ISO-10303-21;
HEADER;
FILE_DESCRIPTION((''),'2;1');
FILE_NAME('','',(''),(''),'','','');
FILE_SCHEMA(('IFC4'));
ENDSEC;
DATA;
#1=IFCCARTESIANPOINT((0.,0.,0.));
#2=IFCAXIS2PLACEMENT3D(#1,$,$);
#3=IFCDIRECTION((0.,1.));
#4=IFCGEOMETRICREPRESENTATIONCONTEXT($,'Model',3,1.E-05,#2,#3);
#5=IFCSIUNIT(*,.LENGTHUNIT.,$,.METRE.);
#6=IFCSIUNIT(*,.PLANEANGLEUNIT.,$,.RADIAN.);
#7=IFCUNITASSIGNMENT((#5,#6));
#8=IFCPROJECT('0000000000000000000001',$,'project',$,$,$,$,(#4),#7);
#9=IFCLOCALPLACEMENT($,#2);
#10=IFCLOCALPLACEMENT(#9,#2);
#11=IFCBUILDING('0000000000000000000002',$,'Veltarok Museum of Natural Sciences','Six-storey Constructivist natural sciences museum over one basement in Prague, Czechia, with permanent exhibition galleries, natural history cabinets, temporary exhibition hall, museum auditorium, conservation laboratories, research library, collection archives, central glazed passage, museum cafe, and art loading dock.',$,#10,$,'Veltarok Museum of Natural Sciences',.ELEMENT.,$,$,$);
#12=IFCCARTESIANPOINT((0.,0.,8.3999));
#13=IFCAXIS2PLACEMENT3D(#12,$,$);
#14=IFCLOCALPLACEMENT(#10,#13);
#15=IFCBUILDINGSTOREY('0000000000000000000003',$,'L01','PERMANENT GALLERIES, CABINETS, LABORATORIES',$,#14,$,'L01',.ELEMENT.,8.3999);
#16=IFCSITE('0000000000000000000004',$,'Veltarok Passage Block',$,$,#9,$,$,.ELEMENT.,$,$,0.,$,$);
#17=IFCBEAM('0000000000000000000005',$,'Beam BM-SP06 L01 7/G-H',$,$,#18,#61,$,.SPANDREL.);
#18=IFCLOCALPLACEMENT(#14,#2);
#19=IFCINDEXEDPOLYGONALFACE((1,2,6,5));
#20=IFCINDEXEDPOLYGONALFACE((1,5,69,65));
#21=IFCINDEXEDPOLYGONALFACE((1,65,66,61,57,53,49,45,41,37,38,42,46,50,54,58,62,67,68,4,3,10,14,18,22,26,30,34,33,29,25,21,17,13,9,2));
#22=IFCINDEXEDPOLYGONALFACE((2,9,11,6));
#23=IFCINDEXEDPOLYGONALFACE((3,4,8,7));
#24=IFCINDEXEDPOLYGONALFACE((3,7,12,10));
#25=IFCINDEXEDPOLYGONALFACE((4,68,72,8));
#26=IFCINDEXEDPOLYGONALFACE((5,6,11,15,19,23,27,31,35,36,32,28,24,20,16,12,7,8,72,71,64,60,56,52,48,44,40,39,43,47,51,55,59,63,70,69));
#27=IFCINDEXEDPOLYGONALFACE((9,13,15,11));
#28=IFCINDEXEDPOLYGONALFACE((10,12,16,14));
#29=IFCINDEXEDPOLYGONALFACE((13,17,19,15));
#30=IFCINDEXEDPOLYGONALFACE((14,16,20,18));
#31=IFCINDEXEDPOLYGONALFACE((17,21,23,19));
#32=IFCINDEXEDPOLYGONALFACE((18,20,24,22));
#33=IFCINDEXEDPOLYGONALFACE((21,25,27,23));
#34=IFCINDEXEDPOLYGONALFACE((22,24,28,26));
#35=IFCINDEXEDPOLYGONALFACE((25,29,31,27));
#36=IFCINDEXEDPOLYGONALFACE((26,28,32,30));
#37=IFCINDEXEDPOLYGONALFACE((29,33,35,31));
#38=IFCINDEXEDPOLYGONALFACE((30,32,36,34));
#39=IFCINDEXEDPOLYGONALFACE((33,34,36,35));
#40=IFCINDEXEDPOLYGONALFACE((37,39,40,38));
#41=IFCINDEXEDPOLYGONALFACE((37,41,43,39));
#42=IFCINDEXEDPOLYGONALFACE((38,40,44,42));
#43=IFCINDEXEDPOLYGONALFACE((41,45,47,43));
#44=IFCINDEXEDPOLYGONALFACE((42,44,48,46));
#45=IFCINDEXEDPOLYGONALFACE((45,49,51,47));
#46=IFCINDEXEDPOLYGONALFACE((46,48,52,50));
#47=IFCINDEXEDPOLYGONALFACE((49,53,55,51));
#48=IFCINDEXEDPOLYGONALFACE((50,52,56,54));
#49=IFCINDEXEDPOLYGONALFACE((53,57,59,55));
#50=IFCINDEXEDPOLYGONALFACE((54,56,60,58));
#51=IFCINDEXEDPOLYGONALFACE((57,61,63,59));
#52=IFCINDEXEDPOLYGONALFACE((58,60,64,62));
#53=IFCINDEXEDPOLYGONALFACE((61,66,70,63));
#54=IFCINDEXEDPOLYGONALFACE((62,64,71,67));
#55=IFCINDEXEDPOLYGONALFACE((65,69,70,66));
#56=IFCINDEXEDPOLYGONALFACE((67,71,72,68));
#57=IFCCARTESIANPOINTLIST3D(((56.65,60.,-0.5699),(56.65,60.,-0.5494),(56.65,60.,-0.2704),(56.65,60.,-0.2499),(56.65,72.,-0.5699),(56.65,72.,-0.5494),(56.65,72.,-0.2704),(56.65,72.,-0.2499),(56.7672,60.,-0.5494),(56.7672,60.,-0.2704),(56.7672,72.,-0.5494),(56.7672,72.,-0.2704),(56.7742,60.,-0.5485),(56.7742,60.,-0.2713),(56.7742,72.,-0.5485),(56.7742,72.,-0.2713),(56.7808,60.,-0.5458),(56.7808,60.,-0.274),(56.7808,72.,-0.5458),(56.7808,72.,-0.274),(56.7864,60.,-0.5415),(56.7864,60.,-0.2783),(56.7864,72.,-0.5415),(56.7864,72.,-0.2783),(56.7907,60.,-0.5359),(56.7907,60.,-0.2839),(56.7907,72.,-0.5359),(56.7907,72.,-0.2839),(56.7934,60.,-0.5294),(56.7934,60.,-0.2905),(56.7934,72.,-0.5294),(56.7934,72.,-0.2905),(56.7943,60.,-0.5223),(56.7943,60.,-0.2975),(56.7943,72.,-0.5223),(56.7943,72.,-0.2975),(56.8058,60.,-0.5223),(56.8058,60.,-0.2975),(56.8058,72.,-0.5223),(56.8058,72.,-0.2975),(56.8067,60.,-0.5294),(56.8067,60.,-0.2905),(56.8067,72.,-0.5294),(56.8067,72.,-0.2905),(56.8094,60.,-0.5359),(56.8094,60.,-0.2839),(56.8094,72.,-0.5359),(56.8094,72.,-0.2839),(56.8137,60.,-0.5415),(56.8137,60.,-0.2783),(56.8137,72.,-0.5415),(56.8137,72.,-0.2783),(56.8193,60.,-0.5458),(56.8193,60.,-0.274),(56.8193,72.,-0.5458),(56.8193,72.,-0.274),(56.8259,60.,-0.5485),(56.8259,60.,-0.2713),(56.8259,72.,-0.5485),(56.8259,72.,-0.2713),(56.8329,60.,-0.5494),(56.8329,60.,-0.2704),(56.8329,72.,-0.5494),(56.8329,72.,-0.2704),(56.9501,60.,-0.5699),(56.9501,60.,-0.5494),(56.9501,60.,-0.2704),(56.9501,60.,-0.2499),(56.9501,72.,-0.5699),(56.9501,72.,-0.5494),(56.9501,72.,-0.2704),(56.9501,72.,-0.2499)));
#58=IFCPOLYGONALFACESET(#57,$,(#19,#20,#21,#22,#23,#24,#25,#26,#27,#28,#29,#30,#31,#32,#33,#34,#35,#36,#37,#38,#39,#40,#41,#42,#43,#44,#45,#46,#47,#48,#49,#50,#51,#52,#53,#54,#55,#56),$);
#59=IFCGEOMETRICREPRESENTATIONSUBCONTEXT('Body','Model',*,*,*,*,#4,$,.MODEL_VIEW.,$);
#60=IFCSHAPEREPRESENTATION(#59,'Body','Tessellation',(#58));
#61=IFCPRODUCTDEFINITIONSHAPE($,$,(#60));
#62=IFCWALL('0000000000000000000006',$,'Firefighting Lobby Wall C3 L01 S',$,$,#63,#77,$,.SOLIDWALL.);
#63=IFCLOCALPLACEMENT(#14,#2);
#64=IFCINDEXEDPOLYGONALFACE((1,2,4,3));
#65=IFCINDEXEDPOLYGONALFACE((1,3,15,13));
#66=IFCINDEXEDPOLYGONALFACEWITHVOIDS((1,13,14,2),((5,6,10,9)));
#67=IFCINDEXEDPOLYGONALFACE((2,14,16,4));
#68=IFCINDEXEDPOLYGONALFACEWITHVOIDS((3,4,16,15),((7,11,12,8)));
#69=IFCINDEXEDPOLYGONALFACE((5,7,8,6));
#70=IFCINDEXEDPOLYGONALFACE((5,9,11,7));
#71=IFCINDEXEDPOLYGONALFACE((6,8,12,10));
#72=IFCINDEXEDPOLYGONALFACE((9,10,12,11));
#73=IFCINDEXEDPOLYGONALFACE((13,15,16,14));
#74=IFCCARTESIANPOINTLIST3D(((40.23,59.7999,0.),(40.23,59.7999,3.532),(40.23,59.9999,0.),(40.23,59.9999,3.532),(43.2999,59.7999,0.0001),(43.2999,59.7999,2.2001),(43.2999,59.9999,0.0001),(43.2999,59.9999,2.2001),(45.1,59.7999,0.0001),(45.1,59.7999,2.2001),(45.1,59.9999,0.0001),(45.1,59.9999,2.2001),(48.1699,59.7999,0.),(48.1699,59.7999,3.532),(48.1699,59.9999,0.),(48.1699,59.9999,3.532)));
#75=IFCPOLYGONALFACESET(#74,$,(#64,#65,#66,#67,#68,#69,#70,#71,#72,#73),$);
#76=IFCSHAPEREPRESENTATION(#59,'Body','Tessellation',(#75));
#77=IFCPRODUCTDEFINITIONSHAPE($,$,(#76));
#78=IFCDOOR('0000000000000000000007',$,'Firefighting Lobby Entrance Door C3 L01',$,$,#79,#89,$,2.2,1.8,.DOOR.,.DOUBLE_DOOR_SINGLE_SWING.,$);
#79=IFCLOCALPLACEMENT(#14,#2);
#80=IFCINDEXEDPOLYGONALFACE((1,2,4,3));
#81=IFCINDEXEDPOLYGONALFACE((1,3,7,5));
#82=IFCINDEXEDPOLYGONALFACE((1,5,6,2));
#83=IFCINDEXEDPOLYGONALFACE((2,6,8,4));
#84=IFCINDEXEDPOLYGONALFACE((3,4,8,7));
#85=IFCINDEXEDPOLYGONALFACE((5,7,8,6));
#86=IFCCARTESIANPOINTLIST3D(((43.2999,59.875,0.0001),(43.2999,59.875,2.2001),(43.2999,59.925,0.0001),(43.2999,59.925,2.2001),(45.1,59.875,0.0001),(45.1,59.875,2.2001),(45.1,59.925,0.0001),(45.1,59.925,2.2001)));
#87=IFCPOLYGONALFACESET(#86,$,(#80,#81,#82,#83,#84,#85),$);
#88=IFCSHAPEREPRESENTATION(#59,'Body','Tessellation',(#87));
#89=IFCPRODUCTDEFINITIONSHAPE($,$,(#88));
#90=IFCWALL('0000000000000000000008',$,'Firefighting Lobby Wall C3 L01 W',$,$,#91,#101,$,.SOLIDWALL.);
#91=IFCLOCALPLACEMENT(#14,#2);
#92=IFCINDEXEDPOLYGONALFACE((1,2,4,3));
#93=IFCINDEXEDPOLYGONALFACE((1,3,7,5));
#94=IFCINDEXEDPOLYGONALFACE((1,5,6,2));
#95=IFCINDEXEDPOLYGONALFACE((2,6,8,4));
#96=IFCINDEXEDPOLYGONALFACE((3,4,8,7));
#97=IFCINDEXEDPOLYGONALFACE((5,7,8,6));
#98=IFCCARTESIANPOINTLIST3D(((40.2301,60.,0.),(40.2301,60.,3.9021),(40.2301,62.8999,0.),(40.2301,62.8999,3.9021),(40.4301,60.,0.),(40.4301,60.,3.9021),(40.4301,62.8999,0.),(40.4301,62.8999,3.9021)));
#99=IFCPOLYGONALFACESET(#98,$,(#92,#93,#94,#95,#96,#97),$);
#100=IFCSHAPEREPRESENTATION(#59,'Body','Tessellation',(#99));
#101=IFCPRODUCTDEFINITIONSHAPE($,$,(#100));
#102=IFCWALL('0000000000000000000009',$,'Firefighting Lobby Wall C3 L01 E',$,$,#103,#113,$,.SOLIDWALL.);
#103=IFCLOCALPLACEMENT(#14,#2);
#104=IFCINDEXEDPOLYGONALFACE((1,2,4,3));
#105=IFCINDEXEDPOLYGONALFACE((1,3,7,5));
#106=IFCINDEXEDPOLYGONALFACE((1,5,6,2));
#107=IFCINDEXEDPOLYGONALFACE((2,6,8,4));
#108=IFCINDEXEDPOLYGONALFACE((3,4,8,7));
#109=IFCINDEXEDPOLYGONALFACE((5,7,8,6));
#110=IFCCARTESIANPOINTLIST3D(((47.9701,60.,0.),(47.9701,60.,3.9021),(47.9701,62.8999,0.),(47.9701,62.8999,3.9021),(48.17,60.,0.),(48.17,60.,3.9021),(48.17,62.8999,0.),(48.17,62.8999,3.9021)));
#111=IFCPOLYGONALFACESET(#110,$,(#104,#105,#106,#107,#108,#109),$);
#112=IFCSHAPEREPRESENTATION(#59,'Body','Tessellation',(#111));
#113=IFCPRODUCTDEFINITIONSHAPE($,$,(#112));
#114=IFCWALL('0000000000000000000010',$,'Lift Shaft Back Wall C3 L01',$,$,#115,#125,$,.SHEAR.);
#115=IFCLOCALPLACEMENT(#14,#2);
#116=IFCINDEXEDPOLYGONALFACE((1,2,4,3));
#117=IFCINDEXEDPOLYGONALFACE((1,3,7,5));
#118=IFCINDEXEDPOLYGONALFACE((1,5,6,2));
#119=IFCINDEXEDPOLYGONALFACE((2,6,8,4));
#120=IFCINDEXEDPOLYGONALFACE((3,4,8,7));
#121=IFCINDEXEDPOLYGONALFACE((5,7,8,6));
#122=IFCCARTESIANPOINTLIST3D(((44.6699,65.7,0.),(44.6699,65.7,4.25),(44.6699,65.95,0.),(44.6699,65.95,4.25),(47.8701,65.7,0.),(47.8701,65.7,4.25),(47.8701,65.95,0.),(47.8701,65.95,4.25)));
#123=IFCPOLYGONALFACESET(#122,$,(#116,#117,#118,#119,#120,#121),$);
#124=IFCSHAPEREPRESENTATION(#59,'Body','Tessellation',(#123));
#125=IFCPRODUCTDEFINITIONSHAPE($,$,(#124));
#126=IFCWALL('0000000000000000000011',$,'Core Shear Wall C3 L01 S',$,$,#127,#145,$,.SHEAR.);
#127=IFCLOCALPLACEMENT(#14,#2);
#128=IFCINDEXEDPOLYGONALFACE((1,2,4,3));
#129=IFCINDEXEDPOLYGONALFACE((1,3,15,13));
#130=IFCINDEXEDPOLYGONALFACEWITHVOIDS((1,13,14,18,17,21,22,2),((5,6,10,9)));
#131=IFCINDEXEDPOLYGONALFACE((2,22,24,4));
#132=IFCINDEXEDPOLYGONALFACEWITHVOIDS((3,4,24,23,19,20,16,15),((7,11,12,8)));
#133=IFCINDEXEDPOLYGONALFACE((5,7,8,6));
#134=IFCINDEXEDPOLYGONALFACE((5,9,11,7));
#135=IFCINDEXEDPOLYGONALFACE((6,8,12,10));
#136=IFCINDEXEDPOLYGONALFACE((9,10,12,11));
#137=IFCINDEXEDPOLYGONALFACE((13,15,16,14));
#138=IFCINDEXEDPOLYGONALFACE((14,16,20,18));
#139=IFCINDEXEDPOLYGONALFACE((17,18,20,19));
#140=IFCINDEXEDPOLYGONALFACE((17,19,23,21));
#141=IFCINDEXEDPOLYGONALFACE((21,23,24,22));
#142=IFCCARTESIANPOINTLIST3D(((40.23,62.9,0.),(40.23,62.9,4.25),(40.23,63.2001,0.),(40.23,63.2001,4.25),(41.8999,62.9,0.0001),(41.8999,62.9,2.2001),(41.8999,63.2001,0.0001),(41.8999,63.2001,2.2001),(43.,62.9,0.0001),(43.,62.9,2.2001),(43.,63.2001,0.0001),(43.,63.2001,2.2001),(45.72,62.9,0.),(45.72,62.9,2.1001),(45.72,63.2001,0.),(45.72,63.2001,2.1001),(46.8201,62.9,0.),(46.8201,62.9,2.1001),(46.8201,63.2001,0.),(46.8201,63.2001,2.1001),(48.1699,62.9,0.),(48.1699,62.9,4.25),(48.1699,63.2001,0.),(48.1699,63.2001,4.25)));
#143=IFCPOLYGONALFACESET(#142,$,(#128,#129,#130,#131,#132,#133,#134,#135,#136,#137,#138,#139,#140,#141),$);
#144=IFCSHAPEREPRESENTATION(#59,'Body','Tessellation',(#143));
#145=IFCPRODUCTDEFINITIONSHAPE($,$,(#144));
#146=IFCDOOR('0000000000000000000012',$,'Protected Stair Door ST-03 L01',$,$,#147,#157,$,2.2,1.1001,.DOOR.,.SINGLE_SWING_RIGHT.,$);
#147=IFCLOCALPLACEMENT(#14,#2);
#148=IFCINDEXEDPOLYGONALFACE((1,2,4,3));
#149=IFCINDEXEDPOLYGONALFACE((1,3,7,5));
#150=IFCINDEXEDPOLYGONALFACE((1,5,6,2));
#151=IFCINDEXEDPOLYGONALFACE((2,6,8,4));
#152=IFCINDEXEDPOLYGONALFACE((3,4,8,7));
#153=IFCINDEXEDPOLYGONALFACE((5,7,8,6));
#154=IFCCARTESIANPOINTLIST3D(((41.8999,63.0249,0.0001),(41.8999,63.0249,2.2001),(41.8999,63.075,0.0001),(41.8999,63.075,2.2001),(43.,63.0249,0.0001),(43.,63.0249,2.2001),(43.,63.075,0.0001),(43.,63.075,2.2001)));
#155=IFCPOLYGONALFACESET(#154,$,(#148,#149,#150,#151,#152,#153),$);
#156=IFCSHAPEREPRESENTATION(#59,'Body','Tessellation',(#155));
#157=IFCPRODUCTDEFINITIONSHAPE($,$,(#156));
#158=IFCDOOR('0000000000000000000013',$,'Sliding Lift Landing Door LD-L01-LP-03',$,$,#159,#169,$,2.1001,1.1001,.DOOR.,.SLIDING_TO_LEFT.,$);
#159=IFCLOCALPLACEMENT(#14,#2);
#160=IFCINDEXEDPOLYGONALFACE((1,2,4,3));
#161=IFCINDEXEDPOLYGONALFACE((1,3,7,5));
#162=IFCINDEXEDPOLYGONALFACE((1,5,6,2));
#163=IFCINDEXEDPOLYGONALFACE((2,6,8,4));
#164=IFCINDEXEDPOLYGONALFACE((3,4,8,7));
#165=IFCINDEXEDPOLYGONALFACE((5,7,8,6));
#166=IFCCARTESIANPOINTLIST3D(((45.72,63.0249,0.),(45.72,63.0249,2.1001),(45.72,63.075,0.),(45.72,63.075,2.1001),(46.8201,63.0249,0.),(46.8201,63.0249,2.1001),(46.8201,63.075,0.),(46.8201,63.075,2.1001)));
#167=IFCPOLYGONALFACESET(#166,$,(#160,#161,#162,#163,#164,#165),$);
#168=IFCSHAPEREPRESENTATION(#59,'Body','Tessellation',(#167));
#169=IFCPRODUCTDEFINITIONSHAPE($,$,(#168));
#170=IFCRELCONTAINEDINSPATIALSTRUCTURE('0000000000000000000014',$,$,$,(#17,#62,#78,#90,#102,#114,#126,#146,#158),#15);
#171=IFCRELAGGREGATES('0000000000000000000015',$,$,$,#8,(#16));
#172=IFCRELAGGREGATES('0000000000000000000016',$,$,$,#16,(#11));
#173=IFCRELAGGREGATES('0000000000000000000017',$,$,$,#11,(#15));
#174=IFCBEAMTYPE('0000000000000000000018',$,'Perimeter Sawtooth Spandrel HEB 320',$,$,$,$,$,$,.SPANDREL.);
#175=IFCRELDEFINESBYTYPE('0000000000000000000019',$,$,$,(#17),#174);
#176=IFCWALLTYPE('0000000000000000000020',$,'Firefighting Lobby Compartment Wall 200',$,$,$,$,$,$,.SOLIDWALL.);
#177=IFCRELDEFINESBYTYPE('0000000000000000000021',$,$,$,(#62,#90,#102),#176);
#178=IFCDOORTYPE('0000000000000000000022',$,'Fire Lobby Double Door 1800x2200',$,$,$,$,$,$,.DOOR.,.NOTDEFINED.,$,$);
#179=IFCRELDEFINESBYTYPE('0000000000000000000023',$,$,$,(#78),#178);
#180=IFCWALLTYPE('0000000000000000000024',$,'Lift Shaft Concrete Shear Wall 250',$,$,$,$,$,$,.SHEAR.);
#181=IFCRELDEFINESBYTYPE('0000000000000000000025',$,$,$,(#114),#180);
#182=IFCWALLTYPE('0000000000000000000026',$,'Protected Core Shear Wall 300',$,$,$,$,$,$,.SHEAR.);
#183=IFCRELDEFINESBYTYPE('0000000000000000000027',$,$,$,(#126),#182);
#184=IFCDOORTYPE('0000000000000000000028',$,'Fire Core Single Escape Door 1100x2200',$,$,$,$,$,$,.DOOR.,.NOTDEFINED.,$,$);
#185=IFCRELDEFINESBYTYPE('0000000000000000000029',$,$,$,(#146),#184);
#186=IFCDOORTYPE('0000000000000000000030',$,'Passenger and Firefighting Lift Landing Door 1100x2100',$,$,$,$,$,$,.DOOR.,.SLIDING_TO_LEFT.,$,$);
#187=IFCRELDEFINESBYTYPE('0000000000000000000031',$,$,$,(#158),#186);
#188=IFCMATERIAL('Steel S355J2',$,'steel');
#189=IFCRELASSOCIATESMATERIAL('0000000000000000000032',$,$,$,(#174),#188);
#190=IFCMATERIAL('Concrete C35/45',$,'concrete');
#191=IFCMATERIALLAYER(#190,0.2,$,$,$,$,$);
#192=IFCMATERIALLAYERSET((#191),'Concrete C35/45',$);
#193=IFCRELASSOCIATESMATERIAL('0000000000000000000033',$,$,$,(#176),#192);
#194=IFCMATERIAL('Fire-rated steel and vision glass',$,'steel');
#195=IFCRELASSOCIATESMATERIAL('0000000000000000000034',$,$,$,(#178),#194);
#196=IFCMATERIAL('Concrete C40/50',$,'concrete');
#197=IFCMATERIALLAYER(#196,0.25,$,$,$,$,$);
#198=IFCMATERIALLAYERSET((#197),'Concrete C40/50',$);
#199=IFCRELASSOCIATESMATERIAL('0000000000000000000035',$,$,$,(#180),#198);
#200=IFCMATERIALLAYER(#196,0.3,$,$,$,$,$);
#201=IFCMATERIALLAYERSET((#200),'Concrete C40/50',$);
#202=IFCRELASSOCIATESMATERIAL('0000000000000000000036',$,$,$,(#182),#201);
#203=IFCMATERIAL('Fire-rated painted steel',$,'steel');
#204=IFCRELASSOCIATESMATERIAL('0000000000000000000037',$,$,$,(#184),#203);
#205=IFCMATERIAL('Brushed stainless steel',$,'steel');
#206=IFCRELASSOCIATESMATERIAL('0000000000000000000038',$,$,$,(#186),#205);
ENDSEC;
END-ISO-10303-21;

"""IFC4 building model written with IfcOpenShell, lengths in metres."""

from ifc_helpers import new_model, si_unit, direction, frame, frame_2d, origin, origin_2d, place, context, subcontext, project, spatial, rectangle, i_section, extrude, material, layer, layer_set, material_profile, profile_set, type_object, element, fill, save


model = new_model("IFC4")

# Units and contexts
model_context = context("Model", 3, precision=1e-05, world=origin(), true_north=direction((0.0, 1.0)))
body_context = subcontext(model_context, "Body", "Model", "MODEL_VIEW")
ifc_project = project(units=[si_unit("LENGTHUNIT", "METRE"), si_unit("PLANEANGLEUNIT", "RADIAN")], contexts=[model_context])

# Site, building, storey
site_placement = place(None, origin())
site = spatial("IfcSite", under=ifc_project, at=site_placement, Name="Veltarok Passage Block", CompositionType="ELEMENT", RefElevation=0.0)
building_placement = place(site_placement, origin())
building = spatial("IfcBuilding", under=site, at=building_placement, Name="Veltarok Museum of Natural Sciences", Description="Six-storey Constructivist natural sciences museum over one basement in Prague, Czechia, with permanent exhibition galleries, natural history cabinets, temporary exhibition hall, museum auditorium, conservation laboratories, research library, collection archives, central glazed passage, museum cafe, and art loading dock.", LongName="Veltarok Museum of Natural Sciences", CompositionType="ELEMENT")
storey_placement = place(building_placement, frame((0.0, 0.0, 8.3999)))
storey = spatial("IfcBuildingStorey", under=building, at=storey_placement, Name="L01", Description="PERMANENT GALLERIES, CABINETS, LABORATORIES", LongName="L01", CompositionType="ELEMENT", Elevation=8.3999)

# Shared definitions
ifc_material_1 = material(Name="Steel S355J2", Category="steel")

# Beam
ifc_material_profile_1 = material_profile(ifc_material_1, i_section(OverallWidth=0.3, OverallDepth=0.3201, WebThickness=0.0115, FlangeThickness=0.0205, FilletRadius=0.0271, at=origin_2d()), Name="HEB 320")
ifc_profile_set_1 = profile_set([ifc_material_profile_1], Name="Steel S355J2")
beam_type_1 = type_object("IfcBeamType", Name="Perimeter Sawtooth Spandrel HEB 320", PredefinedType="SPANDREL", material=ifc_profile_set_1)
for number, where, z_axis, x_axis, name in (
    (1, (56.8, 60.0, -0.4099), (0.0, 1.0, 0.0), (-1.0, 0.0, 0.0), "Beam BM-SP06 L01 7/G-H"),
):
    element("IfcBeam", number, at=place(storey_placement, frame(where, z_axis=z_axis, x_axis=x_axis)), inside=storey, type_object=beam_type_1, Name=name, PredefinedType="SPANDREL", context=body_context, shape_type="SweptSolid", body=[
        extrude(i_section(OverallWidth=0.3, OverallDepth=0.3201, WebThickness=0.0115, FlangeThickness=0.0205, FilletRadius=0.0271, at=origin_2d()), origin(), (0.0, 0.0, 1.0), 12.0),
    ])

# Wall, opening, door
ifc_material_2 = material(Name="Concrete C35/45", Category="concrete")
ifc_layer_1 = layer(ifc_material_2, 0.2)
ifc_layer_set_1 = layer_set([ifc_layer_1], Name="Concrete C35/45")
wall_type_1 = type_object("IfcWallType", Name="Firefighting Lobby Compartment Wall 200", PredefinedType="SOLIDWALL", material=ifc_layer_set_1)
wall_1_placement = place(storey_placement, frame((48.1699, 59.8999, 0.0), z_axis=(0.0, 0.0, 1.0), x_axis=(-1.0, 0.0, 0.0)))
wall_1 = element("IfcWall", 2, at=wall_1_placement, inside=storey, type_object=wall_type_1, Name="Firefighting Lobby Wall C3 L01 S", PredefinedType="SOLIDWALL", context=body_context, shape_type="SweptSolid", body=[
    extrude(rectangle(XDim=7.9399, YDim=0.2, at=frame_2d((3.97, 0.0))), origin(), (0.0, 0.0, 1.0), 3.532),
])
opening_1_placement = place(wall_1_placement, frame((3.0701, 0.0, 0.0)))
opening_1 = element("IfcOpeningElement", 3, at=opening_1_placement, cuts=wall_1, PredefinedType="OPENING", context=body_context, shape_type="SweptSolid", body=[
    extrude(rectangle(XDim=1.8, YDim=2.2, at=frame_2d((0.8999, 1.1001))), frame((0.0, 0.1099, 0.0), z_axis=(0.0, -1.0, 0.0), x_axis=(1.0, 0.0, 0.0)), (0.0, 0.0, 1.0), 0.22),
])
ifc_material_3 = material(Name="Fire-rated steel and vision glass", Category="steel")
door_type_1 = type_object("IfcDoorType", Name="Fire Lobby Double Door 1800x2200", OperationType="NOTDEFINED", PredefinedType="DOOR", material=ifc_material_3)
door_1_placement = place(opening_1_placement, origin())
door_1 = element("IfcDoor", 4, at=door_1_placement, inside=storey, type_object=door_type_1, Name="Firefighting Lobby Entrance Door C3 L01", OperationType="DOUBLE_DOOR_SINGLE_SWING", OverallHeight=2.2, OverallWidth=1.8, PredefinedType="DOOR", context=body_context, shape_type="SweptSolid", body=[
    extrude(rectangle(XDim=1.8, YDim=2.2, at=frame_2d((0.8999, 1.1001))), frame((0.0, 0.0249, 0.0), z_axis=(0.0, -1.0, 0.0), x_axis=(1.0, 0.0, 0.0)), (0.0, 0.0, 1.0), 0.05),
])
fill(opening_1, door_1)

# Walls
for number, where, z_axis, x_axis, name in (
    (5, (40.3301, 60.0, 0.0), (0.0, 0.0, 1.0), (0.0, 1.0, 0.0), "Firefighting Lobby Wall C3 L01 W"),
    (6, (48.0701, 62.8999, 0.0), (0.0, 0.0, 1.0), (0.0, -1.0, 0.0), "Firefighting Lobby Wall C3 L01 E"),
):
    element("IfcWall", number, at=place(storey_placement, frame(where, z_axis=z_axis, x_axis=x_axis)), inside=storey, type_object=wall_type_1, Name=name, PredefinedType="SOLIDWALL", context=body_context, shape_type="SweptSolid", body=[
        extrude(rectangle(XDim=2.8999, YDim=0.2, at=frame_2d((1.45, 0.0))), origin(), (0.0, 0.0, 1.0), 3.9021),
    ])
ifc_material_4 = material(Name="Concrete C40/50", Category="concrete")
ifc_layer_2 = layer(ifc_material_4, 0.25)
ifc_layer_set_2 = layer_set([ifc_layer_2], Name="Concrete C40/50")
wall_type_2 = type_object("IfcWallType", Name="Lift Shaft Concrete Shear Wall 250", PredefinedType="SHEAR", material=ifc_layer_set_2)
wall_2_placement = place(storey_placement, frame((44.6699, 65.825, 0.0), z_axis=(0.0, 0.0, 1.0), x_axis=(1.0, 0.0, 0.0)))
element("IfcWall", 7, at=wall_2_placement, inside=storey, type_object=wall_type_2, Name="Lift Shaft Back Wall C3 L01", PredefinedType="SHEAR", context=body_context, shape_type="SweptSolid", body=[
    extrude(rectangle(XDim=3.2002, YDim=0.25, at=frame_2d((1.6001, 0.0))), origin(), (0.0, 0.0, 1.0), 4.25),
])

# Wall, openings, doors
ifc_layer_3 = layer(ifc_material_4, 0.3)
ifc_layer_set_3 = layer_set([ifc_layer_3], Name="Concrete C40/50")
wall_type_3 = type_object("IfcWallType", Name="Protected Core Shear Wall 300", PredefinedType="SHEAR", material=ifc_layer_set_3)
wall_3_placement = place(storey_placement, frame((40.23, 63.05, 0.0), z_axis=(0.0, 0.0, 1.0), x_axis=(1.0, 0.0, 0.0)))
wall_3 = element("IfcWall", 8, at=wall_3_placement, inside=storey, type_object=wall_type_3, Name="Core Shear Wall C3 L01 S", PredefinedType="SHEAR", context=body_context, shape_type="SweptSolid", body=[
    extrude(rectangle(XDim=7.9399, YDim=0.3, at=frame_2d((3.97, 0.0))), origin(), (0.0, 0.0, 1.0), 4.25),
])
opening_2_placement = place(wall_3_placement, frame((1.6699, 0.0, 0.0)))
opening_2 = element("IfcOpeningElement", 9, at=opening_2_placement, cuts=wall_3, PredefinedType="OPENING", context=body_context, shape_type="SweptSolid", body=[
    extrude(rectangle(XDim=1.1001, YDim=2.2, at=frame_2d((0.55, 1.1001))), frame((0.0, 0.1602, 0.0), z_axis=(0.0, -1.0, 0.0), x_axis=(1.0, 0.0, 0.0)), (0.0, 0.0, 1.0), 0.3201),
])
opening_3_placement = place(wall_3_placement, frame((5.49, 0.0, 0.0)))
opening_3 = element("IfcOpeningElement", 10, at=opening_3_placement, cuts=wall_3, PredefinedType="OPENING", context=body_context, shape_type="SweptSolid", body=[
    extrude(rectangle(XDim=1.1001, YDim=2.1001, at=frame_2d((0.55, 1.05))), frame((0.0, 0.1602, 0.0), z_axis=(0.0, -1.0, 0.0), x_axis=(1.0, 0.0, 0.0)), (0.0, 0.0, 1.0), 0.3201),
])
ifc_material_5 = material(Name="Fire-rated painted steel", Category="steel")
door_type_2 = type_object("IfcDoorType", Name="Fire Core Single Escape Door 1100x2200", OperationType="NOTDEFINED", PredefinedType="DOOR", material=ifc_material_5)
door_2_placement = place(opening_2_placement, origin())
door_2 = element("IfcDoor", 11, at=door_2_placement, inside=storey, type_object=door_type_2, Name="Protected Stair Door ST-03 L01", OperationType="SINGLE_SWING_RIGHT", OverallHeight=2.2, OverallWidth=1.1001, PredefinedType="DOOR", context=body_context, shape_type="SweptSolid", body=[
    extrude(rectangle(XDim=1.1001, YDim=2.2, at=frame_2d((0.55, 1.1001))), frame((0.0, 0.0249, 0.0), z_axis=(0.0, -1.0, 0.0), x_axis=(1.0, 0.0, 0.0)), (0.0, 0.0, 1.0), 0.05),
])
fill(opening_2, door_2)
ifc_material_6 = material(Name="Brushed stainless steel", Category="steel")
door_type_3 = type_object("IfcDoorType", Name="Passenger and Firefighting Lift Landing Door 1100x2100", OperationType="SLIDING_TO_LEFT", PredefinedType="DOOR", material=ifc_material_6)
door_3_placement = place(opening_3_placement, origin())
door_3 = element("IfcDoor", 12, at=door_3_placement, inside=storey, type_object=door_type_3, Name="Sliding Lift Landing Door LD-L01-LP-03", OperationType="SLIDING_TO_LEFT", OverallHeight=2.1001, OverallWidth=1.1001, PredefinedType="DOOR", context=body_context, shape_type="SweptSolid", body=[
    extrude(rectangle(XDim=1.1001, YDim=2.1001, at=frame_2d((0.55, 1.05))), frame((0.0, 0.0249, 0.0), z_axis=(0.0, -1.0, 0.0), x_axis=(1.0, 0.0, 0.0)), (0.0, 0.0, 1.0), 0.05),
])
fill(opening_3, door_3)

save(model, "model.ifc")
